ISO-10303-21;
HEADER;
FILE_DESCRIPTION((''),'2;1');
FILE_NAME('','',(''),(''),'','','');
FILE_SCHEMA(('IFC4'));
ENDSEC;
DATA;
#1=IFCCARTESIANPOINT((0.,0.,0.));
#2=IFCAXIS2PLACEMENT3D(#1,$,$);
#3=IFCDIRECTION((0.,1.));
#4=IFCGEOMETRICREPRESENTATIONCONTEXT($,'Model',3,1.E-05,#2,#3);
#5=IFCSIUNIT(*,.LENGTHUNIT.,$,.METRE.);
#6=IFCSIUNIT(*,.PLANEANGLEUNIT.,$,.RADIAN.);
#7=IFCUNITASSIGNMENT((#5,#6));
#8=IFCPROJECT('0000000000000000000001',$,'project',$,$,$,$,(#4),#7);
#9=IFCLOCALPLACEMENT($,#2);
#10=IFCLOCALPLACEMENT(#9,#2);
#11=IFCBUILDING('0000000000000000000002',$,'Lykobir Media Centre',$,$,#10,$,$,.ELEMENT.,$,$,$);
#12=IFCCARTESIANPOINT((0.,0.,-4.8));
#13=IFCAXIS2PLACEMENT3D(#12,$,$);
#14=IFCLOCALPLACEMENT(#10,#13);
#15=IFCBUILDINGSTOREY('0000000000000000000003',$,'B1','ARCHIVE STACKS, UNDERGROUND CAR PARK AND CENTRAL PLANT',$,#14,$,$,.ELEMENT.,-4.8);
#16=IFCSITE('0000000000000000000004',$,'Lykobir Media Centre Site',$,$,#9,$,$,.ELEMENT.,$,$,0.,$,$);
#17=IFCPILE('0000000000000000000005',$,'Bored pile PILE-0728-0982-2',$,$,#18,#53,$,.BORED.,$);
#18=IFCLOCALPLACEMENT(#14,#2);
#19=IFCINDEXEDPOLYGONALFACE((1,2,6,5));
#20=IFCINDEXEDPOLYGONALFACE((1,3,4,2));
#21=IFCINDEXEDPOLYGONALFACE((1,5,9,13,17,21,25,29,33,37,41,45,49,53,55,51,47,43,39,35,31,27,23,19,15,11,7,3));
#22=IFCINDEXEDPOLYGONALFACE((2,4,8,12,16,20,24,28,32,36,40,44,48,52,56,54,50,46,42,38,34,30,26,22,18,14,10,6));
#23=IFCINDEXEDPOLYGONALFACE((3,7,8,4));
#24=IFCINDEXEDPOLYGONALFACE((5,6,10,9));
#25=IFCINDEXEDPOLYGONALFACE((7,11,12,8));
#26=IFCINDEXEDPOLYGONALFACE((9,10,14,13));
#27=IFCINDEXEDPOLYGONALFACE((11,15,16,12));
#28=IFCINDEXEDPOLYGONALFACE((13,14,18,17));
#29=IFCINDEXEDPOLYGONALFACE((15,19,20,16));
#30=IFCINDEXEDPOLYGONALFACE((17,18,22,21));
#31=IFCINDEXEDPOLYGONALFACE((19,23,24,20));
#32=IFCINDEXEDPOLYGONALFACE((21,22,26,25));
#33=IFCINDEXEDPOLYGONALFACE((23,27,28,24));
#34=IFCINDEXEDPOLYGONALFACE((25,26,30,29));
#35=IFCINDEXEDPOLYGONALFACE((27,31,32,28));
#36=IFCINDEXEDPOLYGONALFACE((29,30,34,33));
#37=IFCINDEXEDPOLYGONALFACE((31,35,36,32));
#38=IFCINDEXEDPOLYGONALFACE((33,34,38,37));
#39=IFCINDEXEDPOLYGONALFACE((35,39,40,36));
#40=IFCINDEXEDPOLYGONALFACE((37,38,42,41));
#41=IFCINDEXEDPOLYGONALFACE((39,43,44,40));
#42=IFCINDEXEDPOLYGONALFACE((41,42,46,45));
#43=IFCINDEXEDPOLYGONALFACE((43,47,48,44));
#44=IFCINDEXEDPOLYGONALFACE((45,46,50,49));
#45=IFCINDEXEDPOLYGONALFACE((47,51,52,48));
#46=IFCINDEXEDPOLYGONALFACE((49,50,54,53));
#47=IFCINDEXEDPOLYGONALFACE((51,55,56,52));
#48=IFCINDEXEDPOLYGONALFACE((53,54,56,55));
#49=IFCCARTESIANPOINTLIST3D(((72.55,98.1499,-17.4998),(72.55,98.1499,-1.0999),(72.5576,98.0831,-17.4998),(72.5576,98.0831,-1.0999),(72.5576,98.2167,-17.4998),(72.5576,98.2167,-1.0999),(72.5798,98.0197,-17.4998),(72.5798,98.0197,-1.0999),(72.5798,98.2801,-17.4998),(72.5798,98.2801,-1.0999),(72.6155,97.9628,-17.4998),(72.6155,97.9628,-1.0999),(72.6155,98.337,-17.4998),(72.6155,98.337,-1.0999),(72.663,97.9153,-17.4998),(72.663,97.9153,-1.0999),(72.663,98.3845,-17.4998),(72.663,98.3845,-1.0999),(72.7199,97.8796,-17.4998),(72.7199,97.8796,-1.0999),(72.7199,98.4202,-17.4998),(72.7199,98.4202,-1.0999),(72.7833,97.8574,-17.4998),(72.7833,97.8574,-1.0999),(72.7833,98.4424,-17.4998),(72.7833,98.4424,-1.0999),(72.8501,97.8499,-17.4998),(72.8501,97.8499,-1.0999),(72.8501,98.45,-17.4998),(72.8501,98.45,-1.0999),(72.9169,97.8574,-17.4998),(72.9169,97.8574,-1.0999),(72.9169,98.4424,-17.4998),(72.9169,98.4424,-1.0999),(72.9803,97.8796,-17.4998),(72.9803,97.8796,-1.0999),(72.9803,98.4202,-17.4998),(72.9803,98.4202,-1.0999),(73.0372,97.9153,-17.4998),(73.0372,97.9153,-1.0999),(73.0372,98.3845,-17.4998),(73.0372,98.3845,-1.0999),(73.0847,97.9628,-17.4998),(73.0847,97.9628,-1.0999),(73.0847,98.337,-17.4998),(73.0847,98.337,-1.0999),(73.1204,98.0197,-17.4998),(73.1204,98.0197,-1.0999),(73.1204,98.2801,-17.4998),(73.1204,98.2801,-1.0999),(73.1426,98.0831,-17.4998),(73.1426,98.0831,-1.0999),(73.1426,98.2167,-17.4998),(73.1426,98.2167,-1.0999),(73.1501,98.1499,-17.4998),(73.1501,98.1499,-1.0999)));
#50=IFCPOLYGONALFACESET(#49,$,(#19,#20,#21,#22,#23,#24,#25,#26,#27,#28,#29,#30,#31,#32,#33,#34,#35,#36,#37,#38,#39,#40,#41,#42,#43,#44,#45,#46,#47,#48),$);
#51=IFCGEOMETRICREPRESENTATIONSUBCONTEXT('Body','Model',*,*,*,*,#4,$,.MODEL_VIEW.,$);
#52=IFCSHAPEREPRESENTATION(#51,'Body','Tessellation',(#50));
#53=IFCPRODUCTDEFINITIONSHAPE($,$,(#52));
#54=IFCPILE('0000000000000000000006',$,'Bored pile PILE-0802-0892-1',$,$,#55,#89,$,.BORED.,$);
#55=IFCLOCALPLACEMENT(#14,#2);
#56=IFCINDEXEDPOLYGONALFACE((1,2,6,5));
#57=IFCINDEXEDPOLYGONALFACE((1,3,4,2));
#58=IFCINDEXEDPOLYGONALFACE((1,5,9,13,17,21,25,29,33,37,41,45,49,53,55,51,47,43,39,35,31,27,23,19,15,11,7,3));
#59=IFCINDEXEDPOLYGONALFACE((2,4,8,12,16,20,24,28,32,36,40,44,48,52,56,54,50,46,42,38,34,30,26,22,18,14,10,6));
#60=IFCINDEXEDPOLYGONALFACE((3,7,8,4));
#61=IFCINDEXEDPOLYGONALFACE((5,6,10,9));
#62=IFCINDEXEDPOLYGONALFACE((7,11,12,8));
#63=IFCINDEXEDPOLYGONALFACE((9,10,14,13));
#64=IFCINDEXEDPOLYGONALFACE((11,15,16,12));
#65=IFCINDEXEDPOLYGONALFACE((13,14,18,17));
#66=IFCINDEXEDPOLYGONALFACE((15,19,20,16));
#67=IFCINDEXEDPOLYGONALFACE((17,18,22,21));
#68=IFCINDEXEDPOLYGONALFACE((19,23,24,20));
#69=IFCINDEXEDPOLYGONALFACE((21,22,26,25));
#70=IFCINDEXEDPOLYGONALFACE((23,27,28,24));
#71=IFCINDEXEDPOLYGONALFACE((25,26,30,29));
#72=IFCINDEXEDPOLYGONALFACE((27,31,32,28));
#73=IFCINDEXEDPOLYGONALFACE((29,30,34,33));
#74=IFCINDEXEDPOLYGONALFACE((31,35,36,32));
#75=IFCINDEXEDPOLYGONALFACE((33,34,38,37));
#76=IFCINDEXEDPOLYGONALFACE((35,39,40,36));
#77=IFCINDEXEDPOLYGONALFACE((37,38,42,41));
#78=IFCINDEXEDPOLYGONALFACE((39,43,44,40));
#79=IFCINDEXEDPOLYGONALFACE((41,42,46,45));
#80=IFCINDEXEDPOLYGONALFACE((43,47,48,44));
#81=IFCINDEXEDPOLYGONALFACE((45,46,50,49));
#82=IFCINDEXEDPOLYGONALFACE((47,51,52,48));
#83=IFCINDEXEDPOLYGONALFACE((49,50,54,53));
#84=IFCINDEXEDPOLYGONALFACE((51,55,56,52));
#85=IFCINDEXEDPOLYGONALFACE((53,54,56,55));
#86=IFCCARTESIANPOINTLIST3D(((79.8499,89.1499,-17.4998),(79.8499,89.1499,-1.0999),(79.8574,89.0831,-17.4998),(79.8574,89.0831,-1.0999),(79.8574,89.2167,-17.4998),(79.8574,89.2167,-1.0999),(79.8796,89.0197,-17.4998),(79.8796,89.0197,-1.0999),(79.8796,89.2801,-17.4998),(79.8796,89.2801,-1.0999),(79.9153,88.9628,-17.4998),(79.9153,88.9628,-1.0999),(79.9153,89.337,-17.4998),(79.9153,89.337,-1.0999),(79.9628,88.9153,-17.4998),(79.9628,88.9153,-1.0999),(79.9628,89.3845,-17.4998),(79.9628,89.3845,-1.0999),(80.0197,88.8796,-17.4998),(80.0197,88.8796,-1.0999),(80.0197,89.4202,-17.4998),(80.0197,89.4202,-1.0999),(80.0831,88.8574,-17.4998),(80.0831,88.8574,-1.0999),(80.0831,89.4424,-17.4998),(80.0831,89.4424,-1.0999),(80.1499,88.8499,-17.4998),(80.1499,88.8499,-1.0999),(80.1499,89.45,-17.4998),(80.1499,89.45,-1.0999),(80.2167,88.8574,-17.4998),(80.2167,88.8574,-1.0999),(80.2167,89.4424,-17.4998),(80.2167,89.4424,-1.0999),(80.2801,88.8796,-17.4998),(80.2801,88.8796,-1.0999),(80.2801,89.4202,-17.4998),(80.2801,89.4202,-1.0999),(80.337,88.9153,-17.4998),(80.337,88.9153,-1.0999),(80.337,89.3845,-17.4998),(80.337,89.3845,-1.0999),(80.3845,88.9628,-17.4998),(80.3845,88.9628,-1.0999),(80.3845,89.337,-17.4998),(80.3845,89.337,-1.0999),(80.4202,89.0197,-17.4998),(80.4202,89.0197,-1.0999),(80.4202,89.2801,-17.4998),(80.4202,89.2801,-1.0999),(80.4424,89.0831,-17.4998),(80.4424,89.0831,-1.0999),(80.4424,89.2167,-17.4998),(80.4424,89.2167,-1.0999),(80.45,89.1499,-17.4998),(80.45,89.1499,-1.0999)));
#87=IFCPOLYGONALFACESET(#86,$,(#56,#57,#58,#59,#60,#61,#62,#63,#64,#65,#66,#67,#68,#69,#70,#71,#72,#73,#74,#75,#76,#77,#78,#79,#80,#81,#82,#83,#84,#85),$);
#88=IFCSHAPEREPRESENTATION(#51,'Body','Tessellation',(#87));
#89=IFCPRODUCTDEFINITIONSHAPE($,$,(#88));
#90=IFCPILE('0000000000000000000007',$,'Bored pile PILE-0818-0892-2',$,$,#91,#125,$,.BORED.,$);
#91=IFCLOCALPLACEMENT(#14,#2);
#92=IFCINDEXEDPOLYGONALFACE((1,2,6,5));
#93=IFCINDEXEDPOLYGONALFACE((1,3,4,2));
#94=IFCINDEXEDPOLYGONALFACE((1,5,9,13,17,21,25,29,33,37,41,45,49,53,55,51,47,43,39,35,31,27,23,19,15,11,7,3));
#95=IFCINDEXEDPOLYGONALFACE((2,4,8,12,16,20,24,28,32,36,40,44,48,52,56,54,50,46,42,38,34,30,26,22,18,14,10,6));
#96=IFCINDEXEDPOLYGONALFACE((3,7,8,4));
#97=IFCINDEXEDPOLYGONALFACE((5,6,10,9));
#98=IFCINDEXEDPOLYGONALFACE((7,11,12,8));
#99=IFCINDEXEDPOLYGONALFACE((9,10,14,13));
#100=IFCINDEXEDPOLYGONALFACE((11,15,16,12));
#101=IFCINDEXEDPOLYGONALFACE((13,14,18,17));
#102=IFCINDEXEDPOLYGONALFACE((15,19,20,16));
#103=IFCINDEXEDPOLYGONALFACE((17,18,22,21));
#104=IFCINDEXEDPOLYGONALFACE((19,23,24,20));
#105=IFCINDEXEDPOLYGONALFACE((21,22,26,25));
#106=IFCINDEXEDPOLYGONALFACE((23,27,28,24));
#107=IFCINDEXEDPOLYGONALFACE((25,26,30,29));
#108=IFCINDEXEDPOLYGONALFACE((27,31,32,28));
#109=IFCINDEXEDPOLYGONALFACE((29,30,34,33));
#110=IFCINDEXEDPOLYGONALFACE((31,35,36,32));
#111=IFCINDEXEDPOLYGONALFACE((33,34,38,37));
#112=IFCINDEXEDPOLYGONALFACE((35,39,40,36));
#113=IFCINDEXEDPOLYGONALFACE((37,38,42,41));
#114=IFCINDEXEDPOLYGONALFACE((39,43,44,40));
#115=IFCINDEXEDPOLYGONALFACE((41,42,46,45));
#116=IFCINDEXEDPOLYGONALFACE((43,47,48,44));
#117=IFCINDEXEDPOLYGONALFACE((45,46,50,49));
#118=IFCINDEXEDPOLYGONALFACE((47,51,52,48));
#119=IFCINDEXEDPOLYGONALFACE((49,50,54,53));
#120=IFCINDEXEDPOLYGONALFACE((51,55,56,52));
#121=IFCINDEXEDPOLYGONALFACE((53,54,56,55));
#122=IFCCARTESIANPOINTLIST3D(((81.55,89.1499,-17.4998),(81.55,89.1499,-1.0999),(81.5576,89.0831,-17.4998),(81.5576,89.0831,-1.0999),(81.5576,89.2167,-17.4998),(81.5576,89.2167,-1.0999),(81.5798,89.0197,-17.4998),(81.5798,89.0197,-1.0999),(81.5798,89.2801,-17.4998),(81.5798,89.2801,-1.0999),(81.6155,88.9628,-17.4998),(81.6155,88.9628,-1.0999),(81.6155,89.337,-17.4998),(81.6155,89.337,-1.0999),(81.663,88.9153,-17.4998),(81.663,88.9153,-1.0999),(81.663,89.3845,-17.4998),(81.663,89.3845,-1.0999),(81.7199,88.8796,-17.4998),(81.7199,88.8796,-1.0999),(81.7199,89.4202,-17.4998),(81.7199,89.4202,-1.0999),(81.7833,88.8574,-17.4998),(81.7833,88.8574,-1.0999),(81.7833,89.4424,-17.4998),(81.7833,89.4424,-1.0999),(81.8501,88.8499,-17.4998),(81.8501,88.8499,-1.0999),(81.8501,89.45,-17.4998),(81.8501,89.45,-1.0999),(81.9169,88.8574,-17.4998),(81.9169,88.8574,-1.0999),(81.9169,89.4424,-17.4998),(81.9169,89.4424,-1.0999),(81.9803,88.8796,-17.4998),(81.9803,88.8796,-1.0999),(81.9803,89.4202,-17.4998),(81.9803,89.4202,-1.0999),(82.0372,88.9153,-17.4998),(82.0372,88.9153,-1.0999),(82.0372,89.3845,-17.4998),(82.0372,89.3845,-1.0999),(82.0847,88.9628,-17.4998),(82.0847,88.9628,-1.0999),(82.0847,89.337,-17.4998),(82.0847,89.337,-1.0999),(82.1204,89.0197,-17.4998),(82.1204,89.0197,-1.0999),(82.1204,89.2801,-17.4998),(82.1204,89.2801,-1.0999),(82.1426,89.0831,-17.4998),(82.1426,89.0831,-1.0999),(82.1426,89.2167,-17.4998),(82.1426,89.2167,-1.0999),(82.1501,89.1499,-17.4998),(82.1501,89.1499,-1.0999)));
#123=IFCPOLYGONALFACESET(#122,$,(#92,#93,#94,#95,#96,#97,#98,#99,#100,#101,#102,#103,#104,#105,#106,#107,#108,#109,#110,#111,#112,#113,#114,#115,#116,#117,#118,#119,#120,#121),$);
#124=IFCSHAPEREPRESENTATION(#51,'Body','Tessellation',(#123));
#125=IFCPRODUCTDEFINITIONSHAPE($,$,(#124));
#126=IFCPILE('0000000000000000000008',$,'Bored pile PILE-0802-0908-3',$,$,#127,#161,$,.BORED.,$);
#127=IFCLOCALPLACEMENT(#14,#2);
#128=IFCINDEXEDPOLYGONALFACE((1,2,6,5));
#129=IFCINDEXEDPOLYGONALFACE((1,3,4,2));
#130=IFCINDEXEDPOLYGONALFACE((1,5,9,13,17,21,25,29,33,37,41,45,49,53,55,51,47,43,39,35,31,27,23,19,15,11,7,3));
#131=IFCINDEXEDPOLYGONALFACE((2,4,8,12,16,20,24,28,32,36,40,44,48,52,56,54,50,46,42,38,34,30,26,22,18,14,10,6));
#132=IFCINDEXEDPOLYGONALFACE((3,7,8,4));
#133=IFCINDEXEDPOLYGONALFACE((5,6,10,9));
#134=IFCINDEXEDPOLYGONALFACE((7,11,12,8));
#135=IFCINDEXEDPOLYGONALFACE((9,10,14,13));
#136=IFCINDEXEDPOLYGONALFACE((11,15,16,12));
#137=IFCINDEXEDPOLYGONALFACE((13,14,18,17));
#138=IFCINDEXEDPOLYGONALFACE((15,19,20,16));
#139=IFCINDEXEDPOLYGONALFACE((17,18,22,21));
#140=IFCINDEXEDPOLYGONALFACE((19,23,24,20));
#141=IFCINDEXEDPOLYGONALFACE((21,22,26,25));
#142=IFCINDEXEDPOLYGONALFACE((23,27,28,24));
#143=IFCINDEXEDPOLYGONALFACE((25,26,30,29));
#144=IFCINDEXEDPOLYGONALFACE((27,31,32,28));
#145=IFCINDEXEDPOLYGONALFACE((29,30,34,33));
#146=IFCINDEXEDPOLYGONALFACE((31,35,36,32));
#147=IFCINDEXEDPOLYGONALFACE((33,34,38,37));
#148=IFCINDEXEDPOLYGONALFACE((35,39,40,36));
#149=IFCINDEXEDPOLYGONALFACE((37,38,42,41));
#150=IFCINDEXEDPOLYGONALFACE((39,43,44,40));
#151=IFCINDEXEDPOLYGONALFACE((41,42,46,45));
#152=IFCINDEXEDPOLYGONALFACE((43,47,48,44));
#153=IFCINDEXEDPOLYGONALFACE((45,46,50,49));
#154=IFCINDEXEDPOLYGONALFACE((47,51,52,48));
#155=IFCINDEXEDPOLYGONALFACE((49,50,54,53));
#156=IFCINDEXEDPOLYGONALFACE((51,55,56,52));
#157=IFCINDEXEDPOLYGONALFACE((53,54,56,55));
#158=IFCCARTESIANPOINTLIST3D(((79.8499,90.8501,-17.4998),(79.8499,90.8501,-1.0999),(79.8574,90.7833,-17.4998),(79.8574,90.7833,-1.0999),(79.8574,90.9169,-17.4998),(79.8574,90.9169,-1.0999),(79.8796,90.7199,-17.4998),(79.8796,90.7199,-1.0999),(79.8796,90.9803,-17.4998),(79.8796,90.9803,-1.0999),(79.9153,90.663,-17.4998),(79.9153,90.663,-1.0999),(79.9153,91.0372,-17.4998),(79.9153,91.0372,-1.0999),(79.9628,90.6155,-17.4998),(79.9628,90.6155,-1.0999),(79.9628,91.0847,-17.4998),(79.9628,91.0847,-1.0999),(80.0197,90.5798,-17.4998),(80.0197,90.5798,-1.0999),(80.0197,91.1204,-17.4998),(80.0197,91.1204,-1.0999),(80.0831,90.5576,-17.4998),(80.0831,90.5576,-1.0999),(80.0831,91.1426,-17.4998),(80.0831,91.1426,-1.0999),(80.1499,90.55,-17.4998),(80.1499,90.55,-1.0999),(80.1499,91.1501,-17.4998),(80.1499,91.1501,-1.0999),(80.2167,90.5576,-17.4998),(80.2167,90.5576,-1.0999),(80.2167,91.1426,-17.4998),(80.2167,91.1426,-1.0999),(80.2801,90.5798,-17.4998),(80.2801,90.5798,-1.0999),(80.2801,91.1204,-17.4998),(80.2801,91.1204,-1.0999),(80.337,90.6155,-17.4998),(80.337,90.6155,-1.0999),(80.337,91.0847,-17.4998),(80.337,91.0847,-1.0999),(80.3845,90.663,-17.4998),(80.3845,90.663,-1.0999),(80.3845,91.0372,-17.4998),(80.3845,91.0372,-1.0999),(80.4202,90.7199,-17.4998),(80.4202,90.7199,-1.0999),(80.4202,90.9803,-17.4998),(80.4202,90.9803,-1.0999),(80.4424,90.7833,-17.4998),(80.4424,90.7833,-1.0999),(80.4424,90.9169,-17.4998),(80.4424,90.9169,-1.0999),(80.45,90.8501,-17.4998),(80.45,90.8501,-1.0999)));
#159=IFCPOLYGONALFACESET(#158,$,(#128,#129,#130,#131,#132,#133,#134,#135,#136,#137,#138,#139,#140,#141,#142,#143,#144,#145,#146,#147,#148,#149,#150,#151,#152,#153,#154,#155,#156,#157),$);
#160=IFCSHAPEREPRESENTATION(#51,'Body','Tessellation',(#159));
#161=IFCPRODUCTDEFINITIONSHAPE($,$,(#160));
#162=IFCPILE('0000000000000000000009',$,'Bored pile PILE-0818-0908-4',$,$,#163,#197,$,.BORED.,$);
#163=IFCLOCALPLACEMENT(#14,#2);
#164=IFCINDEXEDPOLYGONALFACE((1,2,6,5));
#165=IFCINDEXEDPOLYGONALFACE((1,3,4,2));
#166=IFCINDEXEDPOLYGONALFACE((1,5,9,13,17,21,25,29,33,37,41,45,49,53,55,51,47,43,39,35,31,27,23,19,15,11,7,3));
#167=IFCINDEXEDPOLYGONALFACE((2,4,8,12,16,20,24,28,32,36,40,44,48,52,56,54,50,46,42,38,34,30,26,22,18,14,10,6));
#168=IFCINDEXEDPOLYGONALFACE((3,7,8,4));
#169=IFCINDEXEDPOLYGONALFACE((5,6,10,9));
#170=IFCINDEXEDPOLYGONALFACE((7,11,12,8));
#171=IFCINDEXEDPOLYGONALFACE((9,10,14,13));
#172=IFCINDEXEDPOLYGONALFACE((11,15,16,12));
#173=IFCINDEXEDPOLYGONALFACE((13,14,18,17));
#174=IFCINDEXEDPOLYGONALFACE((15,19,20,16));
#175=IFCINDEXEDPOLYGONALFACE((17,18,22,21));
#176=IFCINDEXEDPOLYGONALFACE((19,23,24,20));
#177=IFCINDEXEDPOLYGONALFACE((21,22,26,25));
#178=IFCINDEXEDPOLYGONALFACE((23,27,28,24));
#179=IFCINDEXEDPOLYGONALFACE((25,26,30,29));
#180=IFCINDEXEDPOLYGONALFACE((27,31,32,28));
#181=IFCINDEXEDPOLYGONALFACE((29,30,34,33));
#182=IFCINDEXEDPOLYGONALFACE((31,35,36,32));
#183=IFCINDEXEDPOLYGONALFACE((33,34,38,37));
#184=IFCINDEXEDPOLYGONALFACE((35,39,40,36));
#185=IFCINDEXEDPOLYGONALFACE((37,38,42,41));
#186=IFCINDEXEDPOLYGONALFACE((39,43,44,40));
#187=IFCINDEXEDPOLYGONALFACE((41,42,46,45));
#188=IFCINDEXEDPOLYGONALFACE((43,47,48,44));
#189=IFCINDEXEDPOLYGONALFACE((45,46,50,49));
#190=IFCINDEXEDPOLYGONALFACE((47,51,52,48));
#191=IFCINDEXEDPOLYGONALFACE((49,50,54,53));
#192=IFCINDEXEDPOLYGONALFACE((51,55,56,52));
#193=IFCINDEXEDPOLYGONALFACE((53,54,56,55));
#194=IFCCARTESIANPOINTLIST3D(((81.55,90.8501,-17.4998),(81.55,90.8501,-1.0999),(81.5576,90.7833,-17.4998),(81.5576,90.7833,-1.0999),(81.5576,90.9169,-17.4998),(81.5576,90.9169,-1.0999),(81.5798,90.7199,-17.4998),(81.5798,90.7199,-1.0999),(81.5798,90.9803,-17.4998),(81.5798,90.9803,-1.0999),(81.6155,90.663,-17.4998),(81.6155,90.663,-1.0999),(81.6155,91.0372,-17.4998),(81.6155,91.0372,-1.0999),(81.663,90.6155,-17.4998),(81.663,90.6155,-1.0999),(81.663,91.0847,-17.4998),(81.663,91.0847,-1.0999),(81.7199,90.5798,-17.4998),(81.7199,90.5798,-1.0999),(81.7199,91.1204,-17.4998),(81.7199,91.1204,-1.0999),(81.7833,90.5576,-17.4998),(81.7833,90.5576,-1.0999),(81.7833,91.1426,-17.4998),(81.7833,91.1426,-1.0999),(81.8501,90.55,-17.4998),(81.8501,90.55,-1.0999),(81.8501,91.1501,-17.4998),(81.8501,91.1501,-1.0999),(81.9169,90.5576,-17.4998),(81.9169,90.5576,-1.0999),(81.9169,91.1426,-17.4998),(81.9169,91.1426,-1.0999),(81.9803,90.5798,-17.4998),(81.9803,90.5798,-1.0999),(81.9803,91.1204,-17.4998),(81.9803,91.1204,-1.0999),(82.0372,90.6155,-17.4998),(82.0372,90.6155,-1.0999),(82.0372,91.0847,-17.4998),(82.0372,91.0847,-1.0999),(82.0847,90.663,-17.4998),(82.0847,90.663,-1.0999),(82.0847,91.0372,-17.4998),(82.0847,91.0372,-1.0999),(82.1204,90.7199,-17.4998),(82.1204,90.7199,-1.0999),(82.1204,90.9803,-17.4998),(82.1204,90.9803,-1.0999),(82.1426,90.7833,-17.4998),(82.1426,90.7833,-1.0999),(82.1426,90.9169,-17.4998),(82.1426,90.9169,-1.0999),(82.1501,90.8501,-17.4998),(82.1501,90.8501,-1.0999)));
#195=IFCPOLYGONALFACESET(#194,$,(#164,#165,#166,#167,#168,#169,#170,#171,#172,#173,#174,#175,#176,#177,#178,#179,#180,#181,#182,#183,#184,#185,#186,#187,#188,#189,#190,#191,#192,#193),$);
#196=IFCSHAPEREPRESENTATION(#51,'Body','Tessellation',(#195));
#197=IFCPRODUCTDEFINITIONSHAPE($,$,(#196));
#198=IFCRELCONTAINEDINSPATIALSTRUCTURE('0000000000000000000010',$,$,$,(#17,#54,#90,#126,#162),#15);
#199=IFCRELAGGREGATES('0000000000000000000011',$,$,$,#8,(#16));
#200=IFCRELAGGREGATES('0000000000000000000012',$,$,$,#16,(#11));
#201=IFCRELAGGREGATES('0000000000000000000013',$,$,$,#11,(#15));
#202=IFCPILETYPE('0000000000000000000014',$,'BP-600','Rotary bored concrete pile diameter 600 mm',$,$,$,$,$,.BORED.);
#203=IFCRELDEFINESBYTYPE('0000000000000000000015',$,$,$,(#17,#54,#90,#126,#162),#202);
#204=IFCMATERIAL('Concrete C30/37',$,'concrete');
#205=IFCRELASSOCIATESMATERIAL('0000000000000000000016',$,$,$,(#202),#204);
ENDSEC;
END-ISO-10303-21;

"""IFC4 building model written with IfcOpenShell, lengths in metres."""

from ifc_helpers import new_model, si_unit, direction, frame, origin, origin_2d, place, context, subcontext, project, spatial, circle, extrude, material, material_profile, profile_set, type_object, element, save


model = new_model("IFC4")

# Units and contexts
model_context = context("Model", 3, precision=1e-05, world=origin(), true_north=direction((0.0, 1.0)))
body_context = subcontext(model_context, "Body", "Model", "MODEL_VIEW")
ifc_project = project(units=[si_unit("LENGTHUNIT", "METRE"), si_unit("PLANEANGLEUNIT", "RADIAN")], contexts=[model_context])

# Site, building, storey
site_placement = place(None, origin())
site = spatial("IfcSite", under=ifc_project, at=site_placement, Name="Lykobir Media Centre Site", CompositionType="ELEMENT", RefElevation=0.0)
building_placement = place(site_placement, origin())
building = spatial("IfcBuilding", under=site, at=building_placement, Name="Lykobir Media Centre", CompositionType="ELEMENT")
storey_placement = place(building_placement, frame((0.0, 0.0, -4.8)))
storey = spatial("IfcBuildingStorey", under=building, at=storey_placement, Name="B1", Description="ARCHIVE STACKS, UNDERGROUND CAR PARK AND CENTRAL PLANT", CompositionType="ELEMENT", Elevation=-4.8)

# Piles
ifc_material_1 = material(Name="Concrete C30/37", Category="concrete")
ifc_material_profile_1 = material_profile(ifc_material_1, circle(Radius=0.3, at=origin_2d()), Name="BORED PILE D600")
ifc_profile_set_1 = profile_set([ifc_material_profile_1], Name="Concrete C30/37")
pile_type = type_object("IfcPileType", Name="BP-600", Description="Rotary bored concrete pile diameter 600 mm", PredefinedType="BORED", material=ifc_profile_set_1)
for number, where, z_axis, x_axis, name in (
    (1, (72.8501, 98.1499, -1.0999), (0.0, 0.0, -1.0), (1.0, 0.0, 0.0), "Bored pile PILE-0728-0982-2"),
    (2, (80.1499, 89.1499, -1.0999), (0.0, 0.0, -1.0), (1.0, 0.0, 0.0), "Bored pile PILE-0802-0892-1"),
    (3, (81.8501, 89.1499, -1.0999), (0.0, 0.0, -1.0), (1.0, 0.0, 0.0), "Bored pile PILE-0818-0892-2"),
    (4, (80.1499, 90.8501, -1.0999), (0.0, 0.0, -1.0), (1.0, 0.0, 0.0), "Bored pile PILE-0802-0908-3"),
    (5, (81.8501, 90.8501, -1.0999), (0.0, 0.0, -1.0), (1.0, 0.0, 0.0), "Bored pile PILE-0818-0908-4"),
):
    element("IfcPile", number, at=place(storey_placement, frame(where, z_axis=z_axis, x_axis=x_axis)), inside=storey, type_object=pile_type, Name=name, PredefinedType="BORED", context=body_context, shape_type="SweptSolid", body=[
        extrude(circle(Radius=0.3, at=origin_2d()), origin(), (0.0, 0.0, 1.0), 16.3999),
    ])

save(model, "model.ifc")
